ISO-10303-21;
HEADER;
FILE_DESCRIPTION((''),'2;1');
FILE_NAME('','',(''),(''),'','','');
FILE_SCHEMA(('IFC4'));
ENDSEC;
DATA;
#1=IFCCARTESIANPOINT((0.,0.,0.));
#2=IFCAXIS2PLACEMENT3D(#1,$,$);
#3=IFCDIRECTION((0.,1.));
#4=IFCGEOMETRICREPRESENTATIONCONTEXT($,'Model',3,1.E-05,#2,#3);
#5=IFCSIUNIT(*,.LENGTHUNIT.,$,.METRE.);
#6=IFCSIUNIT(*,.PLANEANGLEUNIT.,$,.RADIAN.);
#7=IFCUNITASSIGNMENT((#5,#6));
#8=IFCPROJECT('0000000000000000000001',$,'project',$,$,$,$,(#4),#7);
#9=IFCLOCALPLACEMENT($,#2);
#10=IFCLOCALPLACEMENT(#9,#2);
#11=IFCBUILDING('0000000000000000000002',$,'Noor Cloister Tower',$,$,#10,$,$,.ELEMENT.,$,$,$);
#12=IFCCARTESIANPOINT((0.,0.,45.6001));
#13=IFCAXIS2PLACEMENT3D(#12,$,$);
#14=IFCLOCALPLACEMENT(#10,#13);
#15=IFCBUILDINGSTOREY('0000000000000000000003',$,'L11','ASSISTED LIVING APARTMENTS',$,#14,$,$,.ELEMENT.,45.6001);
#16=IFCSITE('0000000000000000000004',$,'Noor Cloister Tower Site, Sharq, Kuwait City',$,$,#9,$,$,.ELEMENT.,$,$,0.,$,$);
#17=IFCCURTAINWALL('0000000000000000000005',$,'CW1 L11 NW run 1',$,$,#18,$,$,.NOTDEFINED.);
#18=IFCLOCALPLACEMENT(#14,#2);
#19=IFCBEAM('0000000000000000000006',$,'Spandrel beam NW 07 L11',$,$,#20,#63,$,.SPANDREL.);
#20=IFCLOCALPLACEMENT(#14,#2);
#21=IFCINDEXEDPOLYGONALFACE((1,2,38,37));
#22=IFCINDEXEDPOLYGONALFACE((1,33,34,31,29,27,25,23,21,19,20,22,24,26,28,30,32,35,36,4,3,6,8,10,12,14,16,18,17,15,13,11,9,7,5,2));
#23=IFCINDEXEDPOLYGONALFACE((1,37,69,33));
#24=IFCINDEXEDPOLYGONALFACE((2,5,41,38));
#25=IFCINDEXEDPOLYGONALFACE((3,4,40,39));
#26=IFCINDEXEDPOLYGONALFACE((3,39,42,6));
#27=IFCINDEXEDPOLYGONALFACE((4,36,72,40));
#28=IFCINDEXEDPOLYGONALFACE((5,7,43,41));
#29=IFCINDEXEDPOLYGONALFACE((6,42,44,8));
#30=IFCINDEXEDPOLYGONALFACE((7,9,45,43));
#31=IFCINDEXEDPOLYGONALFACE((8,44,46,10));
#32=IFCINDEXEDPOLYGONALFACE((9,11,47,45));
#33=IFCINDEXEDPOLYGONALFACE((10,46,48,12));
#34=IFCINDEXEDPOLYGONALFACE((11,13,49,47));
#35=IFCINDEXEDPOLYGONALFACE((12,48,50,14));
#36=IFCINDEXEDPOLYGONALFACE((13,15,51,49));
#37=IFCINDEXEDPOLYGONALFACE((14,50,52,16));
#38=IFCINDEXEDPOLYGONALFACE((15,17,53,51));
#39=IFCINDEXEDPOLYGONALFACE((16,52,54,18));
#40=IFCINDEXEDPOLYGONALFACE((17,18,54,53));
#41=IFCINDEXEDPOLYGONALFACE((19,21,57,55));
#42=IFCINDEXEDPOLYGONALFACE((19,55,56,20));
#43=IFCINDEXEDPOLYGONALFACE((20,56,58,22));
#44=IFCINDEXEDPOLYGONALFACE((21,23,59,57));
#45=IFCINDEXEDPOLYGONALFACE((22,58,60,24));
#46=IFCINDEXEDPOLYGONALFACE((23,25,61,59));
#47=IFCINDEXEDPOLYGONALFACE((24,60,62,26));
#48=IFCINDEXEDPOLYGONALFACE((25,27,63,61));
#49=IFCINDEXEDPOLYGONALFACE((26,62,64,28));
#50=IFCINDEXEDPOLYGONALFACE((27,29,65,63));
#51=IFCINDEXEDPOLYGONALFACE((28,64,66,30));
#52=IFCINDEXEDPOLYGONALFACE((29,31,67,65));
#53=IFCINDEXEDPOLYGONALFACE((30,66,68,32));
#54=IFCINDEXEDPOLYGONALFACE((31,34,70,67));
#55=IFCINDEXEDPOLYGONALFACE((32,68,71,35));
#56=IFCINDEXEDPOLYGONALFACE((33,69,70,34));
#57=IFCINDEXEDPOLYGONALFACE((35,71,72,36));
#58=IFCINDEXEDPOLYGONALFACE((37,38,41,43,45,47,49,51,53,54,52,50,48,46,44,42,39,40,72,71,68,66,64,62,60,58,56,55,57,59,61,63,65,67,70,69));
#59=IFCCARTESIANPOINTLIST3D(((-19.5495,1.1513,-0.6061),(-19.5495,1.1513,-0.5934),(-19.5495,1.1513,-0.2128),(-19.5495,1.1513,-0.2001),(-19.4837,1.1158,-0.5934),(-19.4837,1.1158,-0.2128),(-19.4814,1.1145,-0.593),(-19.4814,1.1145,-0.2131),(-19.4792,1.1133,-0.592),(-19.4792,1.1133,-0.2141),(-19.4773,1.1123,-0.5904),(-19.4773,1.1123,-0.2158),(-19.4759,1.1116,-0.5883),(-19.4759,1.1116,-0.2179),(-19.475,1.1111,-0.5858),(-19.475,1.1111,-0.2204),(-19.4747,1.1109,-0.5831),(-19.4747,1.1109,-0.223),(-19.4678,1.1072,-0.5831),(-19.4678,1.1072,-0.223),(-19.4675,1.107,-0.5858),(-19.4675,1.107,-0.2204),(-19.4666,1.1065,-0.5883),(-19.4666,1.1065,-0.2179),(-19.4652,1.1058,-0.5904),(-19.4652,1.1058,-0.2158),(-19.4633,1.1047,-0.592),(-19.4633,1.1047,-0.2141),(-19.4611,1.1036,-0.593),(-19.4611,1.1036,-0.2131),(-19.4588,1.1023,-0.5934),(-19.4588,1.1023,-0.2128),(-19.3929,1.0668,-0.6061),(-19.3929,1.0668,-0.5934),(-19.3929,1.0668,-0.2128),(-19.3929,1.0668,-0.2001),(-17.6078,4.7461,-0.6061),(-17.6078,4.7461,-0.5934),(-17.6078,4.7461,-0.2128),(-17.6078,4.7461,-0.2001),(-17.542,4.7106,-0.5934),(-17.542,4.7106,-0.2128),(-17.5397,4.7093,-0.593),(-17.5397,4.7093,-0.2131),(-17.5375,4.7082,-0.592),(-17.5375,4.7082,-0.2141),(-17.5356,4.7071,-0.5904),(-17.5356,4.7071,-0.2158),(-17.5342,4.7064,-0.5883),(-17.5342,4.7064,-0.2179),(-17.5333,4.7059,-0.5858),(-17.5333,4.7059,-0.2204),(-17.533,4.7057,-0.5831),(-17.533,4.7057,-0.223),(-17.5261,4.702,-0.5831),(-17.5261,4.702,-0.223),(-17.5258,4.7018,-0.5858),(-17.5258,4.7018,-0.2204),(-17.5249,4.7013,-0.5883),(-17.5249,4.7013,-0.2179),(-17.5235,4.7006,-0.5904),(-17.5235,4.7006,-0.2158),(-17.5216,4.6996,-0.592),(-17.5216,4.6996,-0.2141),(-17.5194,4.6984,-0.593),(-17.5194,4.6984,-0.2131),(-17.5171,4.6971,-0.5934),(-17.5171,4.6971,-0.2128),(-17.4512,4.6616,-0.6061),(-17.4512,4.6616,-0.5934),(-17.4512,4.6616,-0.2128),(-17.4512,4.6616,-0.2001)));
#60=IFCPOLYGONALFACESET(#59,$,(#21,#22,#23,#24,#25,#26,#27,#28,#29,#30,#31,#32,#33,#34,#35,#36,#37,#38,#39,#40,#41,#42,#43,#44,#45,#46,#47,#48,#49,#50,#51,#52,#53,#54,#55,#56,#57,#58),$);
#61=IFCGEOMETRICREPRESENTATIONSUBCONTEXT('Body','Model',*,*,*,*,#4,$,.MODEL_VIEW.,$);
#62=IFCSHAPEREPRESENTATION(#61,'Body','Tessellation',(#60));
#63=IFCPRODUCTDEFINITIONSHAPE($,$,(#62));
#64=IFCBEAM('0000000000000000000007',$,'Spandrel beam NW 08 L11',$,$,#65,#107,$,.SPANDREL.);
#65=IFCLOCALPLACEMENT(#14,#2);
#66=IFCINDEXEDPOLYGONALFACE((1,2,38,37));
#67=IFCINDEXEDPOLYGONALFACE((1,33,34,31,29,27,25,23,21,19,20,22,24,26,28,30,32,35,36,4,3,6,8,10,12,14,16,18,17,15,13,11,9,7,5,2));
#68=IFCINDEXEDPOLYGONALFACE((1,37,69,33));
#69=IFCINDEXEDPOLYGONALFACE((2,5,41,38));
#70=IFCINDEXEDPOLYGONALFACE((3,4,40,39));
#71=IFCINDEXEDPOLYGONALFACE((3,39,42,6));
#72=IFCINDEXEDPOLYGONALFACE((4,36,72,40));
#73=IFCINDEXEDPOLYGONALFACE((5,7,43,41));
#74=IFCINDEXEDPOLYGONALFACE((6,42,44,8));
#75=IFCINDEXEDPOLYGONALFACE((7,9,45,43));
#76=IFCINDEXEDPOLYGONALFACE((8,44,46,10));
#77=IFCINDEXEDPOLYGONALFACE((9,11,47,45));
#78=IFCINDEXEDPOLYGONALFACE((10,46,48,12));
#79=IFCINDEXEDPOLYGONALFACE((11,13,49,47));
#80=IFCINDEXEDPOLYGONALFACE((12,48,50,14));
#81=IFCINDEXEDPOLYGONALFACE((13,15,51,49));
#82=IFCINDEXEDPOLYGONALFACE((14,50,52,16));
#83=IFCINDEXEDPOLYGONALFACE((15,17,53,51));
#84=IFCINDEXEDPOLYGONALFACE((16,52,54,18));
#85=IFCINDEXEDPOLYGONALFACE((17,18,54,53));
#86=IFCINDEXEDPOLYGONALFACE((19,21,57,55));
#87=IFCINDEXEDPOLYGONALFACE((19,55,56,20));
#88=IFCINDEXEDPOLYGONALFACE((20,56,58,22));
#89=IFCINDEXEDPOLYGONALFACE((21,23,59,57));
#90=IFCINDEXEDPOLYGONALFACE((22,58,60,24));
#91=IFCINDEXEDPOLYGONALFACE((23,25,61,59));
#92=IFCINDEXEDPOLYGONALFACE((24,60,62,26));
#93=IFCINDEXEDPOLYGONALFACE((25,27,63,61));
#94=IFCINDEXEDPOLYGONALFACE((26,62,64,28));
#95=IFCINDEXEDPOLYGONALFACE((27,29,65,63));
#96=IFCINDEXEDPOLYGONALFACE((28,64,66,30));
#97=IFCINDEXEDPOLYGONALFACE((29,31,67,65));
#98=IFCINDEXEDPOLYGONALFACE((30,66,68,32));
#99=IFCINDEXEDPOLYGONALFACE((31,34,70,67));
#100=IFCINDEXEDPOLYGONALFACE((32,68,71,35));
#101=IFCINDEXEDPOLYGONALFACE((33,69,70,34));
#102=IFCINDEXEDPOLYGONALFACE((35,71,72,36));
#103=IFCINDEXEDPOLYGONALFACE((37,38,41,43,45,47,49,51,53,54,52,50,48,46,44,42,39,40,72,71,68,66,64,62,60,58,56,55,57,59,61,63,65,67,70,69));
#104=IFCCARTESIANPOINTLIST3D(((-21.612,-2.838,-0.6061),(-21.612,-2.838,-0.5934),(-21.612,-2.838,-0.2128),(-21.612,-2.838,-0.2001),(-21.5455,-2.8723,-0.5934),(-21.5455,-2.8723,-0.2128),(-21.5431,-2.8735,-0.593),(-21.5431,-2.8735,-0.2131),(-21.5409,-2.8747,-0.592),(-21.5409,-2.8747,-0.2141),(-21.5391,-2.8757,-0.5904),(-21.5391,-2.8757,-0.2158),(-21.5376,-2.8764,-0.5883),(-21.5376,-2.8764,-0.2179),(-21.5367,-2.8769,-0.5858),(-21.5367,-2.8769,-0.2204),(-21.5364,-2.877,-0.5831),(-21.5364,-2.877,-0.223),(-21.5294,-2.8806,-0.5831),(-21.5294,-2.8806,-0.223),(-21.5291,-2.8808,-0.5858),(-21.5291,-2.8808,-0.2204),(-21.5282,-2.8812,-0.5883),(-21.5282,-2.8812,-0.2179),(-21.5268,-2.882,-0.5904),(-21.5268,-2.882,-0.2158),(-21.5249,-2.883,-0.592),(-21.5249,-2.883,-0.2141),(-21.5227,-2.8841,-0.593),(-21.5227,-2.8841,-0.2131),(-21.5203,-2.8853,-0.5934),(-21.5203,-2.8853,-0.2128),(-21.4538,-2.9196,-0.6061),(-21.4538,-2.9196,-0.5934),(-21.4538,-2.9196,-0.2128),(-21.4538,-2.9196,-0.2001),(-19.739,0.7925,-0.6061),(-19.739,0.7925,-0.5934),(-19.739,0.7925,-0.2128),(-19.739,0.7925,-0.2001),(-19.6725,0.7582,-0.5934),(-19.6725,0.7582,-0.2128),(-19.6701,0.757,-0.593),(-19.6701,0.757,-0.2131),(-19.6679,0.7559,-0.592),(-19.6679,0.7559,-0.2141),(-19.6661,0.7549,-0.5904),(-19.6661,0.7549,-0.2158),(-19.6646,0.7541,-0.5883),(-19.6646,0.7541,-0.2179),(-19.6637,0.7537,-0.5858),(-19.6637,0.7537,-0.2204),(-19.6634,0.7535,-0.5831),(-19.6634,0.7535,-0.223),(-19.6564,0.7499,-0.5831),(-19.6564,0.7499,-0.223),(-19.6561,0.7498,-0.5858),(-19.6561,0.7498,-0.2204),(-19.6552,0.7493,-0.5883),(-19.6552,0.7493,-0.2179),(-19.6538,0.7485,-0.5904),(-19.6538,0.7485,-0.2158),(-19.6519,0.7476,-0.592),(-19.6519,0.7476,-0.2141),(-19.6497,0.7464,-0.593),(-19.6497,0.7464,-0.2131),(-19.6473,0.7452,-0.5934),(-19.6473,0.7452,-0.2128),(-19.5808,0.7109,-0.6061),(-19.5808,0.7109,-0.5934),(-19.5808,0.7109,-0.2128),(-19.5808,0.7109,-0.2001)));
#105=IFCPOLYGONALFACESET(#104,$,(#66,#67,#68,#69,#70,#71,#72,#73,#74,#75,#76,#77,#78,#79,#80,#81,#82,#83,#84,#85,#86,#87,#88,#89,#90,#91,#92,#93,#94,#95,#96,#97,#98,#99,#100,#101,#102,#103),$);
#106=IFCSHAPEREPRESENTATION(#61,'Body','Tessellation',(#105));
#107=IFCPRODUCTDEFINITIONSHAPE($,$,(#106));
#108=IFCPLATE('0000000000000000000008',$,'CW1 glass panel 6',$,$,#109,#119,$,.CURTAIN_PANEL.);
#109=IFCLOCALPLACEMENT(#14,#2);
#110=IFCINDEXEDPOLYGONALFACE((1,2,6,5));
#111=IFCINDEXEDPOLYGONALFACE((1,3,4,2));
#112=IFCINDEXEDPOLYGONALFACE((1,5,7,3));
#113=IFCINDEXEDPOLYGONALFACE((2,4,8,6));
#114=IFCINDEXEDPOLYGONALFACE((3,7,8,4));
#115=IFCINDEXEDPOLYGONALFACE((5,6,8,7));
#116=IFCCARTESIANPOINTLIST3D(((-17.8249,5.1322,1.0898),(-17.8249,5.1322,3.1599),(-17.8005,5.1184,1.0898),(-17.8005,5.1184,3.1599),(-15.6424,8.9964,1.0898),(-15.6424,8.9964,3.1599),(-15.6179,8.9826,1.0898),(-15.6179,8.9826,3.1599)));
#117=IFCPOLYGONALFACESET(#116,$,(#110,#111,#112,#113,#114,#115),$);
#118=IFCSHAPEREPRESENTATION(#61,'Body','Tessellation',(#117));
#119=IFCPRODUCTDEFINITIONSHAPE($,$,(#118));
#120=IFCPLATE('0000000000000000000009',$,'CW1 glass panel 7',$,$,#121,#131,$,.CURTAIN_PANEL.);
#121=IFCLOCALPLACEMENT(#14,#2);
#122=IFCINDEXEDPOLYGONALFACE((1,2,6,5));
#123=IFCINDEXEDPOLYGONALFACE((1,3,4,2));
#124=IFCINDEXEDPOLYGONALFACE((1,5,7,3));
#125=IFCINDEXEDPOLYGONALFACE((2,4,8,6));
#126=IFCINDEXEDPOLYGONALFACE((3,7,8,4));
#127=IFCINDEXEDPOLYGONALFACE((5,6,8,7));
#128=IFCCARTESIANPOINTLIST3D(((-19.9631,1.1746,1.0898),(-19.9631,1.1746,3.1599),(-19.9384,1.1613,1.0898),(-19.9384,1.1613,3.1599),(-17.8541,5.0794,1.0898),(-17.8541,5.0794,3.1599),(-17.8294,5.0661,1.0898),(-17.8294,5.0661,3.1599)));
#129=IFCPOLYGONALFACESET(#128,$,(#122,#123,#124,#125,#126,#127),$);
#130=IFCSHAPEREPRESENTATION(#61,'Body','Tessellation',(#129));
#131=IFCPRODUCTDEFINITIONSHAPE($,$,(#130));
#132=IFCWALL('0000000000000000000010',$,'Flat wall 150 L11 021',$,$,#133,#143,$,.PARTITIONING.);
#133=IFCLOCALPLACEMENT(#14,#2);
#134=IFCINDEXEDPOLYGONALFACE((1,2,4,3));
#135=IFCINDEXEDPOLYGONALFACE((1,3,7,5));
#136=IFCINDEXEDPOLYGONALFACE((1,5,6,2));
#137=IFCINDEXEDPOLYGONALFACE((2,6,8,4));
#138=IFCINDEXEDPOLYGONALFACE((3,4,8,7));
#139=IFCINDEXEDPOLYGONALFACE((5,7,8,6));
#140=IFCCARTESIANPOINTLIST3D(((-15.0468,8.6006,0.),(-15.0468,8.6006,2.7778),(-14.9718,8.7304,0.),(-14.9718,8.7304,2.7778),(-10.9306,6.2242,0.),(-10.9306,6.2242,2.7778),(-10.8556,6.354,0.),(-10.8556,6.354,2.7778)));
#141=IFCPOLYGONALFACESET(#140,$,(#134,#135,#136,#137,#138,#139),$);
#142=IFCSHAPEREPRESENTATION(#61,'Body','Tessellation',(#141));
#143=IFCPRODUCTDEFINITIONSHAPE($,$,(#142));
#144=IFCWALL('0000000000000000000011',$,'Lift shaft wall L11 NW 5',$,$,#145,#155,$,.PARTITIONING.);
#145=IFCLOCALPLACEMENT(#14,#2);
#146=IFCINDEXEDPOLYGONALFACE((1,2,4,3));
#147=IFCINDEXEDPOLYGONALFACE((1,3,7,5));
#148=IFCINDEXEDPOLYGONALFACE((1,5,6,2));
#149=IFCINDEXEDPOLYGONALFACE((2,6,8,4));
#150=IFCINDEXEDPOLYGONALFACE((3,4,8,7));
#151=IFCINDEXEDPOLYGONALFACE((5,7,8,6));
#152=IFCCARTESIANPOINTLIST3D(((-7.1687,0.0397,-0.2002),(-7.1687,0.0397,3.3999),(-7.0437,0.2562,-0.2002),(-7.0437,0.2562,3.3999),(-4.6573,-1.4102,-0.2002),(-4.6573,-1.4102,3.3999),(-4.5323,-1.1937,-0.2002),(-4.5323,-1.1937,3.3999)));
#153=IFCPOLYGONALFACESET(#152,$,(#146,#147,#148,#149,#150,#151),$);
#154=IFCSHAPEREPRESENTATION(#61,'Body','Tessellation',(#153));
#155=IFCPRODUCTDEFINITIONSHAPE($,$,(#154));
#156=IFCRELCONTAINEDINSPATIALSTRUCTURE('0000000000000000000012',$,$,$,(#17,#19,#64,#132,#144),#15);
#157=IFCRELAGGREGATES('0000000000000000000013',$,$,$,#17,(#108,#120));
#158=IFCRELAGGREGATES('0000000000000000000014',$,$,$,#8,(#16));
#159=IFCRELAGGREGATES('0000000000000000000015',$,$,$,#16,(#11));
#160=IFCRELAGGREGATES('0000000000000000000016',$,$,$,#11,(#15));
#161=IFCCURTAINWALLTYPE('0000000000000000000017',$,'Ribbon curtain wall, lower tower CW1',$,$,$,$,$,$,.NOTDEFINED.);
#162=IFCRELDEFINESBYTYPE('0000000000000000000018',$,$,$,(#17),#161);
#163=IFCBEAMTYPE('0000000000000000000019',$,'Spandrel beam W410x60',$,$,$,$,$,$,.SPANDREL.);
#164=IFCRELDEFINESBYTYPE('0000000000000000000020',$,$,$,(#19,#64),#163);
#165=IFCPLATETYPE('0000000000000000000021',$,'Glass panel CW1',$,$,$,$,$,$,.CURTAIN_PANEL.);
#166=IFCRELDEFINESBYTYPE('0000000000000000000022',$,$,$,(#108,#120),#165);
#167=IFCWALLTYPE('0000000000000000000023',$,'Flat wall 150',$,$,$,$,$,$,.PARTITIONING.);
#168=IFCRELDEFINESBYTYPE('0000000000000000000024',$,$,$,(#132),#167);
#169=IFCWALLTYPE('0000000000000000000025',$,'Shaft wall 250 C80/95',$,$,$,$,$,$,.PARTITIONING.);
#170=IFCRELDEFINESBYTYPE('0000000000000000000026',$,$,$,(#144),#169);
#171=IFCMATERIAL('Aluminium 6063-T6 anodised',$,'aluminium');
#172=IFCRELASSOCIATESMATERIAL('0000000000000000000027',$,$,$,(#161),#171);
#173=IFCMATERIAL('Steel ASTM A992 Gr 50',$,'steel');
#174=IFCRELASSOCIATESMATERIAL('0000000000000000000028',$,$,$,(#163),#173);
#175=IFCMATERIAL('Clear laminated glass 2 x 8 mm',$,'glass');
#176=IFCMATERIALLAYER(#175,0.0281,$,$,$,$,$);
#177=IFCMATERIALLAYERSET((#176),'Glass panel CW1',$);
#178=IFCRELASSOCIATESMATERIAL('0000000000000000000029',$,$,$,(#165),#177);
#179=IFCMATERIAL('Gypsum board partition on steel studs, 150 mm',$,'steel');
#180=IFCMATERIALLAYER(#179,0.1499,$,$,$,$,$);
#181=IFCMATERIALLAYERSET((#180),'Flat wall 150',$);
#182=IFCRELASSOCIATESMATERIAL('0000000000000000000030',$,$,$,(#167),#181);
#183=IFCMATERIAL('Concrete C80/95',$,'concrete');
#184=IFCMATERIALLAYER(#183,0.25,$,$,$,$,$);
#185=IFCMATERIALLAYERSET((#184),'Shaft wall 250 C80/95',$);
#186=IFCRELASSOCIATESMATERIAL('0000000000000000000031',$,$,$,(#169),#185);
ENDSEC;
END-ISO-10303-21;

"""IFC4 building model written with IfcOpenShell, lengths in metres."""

from ifc_helpers import new_model, si_unit, direction, frame, frame_2d, origin, origin_2d, place, context, subcontext, project, spatial, rectangle, i_section, extrude, material, layer, layer_set, material_profile, profile_set, type_object, element, aggregate, save


model = new_model("IFC4")

# Units and contexts
model_context = context("Model", 3, precision=1e-05, world=origin(), true_north=direction((0.0, 1.0)))
body_context = subcontext(model_context, "Body", "Model", "MODEL_VIEW")
ifc_project = project(units=[si_unit("LENGTHUNIT", "METRE"), si_unit("PLANEANGLEUNIT", "RADIAN")], contexts=[model_context])

# Site, building, storey
site_placement = place(None, origin())
site = spatial("IfcSite", under=ifc_project, at=site_placement, Name="Noor Cloister Tower Site, Sharq, Kuwait City", CompositionType="ELEMENT", RefElevation=0.0)
building_placement = place(site_placement, origin())
building = spatial("IfcBuilding", under=site, at=building_placement, Name="Noor Cloister Tower", CompositionType="ELEMENT")
storey_placement = place(building_placement, frame((0.0, 0.0, 45.6001)))
storey = spatial("IfcBuildingStorey", under=building, at=storey_placement, Name="L11", Description="ASSISTED LIVING APARTMENTS", CompositionType="ELEMENT", Elevation=45.6001)

# Curtain wall
ifc_material_1 = material(Name="Aluminium 6063-T6 anodised", Category="aluminium")
curtain_wall_type = type_object("IfcCurtainWallType", Name="Ribbon curtain wall, lower tower CW1", PredefinedType="NOTDEFINED", material=ifc_material_1)
curtain_wall_placement = place(storey_placement, origin())
curtain_wall = element("IfcCurtainWall", 1, at=curtain_wall_placement, inside=storey, type_object=curtain_wall_type, Name="CW1 L11 NW run 1", PredefinedType="NOTDEFINED")

# Beams
ifc_material_2 = material(Name="Steel ASTM A992 Gr 50", Category="steel")
ifc_material_profile_1 = material_profile(ifc_material_2, i_section(OverallWidth=0.178, OverallDepth=0.406, WebThickness=0.0078, FlangeThickness=0.0127, FilletRadius=0.0103, at=origin_2d()), Name="W410x60")
ifc_profile_set_1 = profile_set([ifc_material_profile_1], Name="Steel ASTM A992 Gr 50")
beam_type_1 = type_object("IfcBeamType", Name="Spandrel beam W410x60", PredefinedType="SPANDREL", material=ifc_profile_set_1)
beam_1_placement = place(storey_placement, frame((-17.5295, 4.7039, -0.4031), z_axis=(-0.475243, -0.879854, 0.0), x_axis=(0.879854, -0.475243, 0.0)))
element("IfcBeam", 2, at=beam_1_placement, inside=storey, type_object=beam_type_1, Name="Spandrel beam NW 07 L11", PredefinedType="SPANDREL", context=body_context, shape_type="SweptSolid", body=[
    extrude(i_section(OverallWidth=0.178, OverallDepth=0.406, WebThickness=0.0078, FlangeThickness=0.0127, FilletRadius=0.0103, at=origin_2d()), origin(), (0.0, 0.0, 1.0), 4.0857),
])
beam_2_placement = place(storey_placement, frame((-19.6599, 0.7517, -0.4031), z_axis=(-0.458485, -0.888702, 0.0), x_axis=(0.888702, -0.458485, 0.0)))
element("IfcBeam", 3, at=beam_2_placement, inside=storey, type_object=beam_type_1, Name="Spandrel beam NW 08 L11", PredefinedType="SPANDREL", context=body_context, shape_type="SweptSolid", body=[
    extrude(i_section(OverallWidth=0.178, OverallDepth=0.406, WebThickness=0.0078, FlangeThickness=0.0127, FilletRadius=0.0103, at=origin_2d()), origin(), (0.0, 0.0, 1.0), 4.0852),
])

# Plates
ifc_material_3 = material(Name="Clear laminated glass 2 x 8 mm", Category="glass")
ifc_layer_1 = layer(ifc_material_3, 0.0281)
ifc_layer_set_1 = layer_set([ifc_layer_1], Name="Glass panel CW1")
plate_type = type_object("IfcPlateType", Name="Glass panel CW1", PredefinedType="CURTAIN_PANEL", material=ifc_layer_set_1)
plate_1_placement = place(storey_placement, frame((-16.7214, 7.0574, 1.0898), z_axis=(0.0, 0.0, 1.0), x_axis=(-0.491787, -0.870716, 0.0)))
plate_1 = element("IfcPlate", 4, at=plate_1_placement, type_object=plate_type, Name="CW1 glass panel 6", PredefinedType="CURTAIN_PANEL", context=body_context, shape_type="SweptSolid", body=[
    extrude(rectangle(XDim=4.438, YDim=0.0281, at=origin_2d()), origin(), (0.0, 0.0, 1.0), 2.0701),
])
plate_2_placement = place(storey_placement, frame((-18.8962, 3.1204, 1.0898), z_axis=(0.0, 0.0, 1.0), x_axis=(-0.47523, -0.879862, 0.0)))
plate_2 = element("IfcPlate", 5, at=plate_2_placement, type_object=plate_type, Name="CW1 glass panel 7", PredefinedType="CURTAIN_PANEL", context=body_context, shape_type="SweptSolid", body=[
    extrude(rectangle(XDim=4.438, YDim=0.0281, at=origin_2d()), origin(), (0.0, 0.0, 1.0), 2.0701),
])
aggregate(curtain_wall, [plate_1, plate_2])

# Walls
ifc_material_4 = material(Name="Gypsum board partition on steel studs, 150 mm", Category="steel")
ifc_layer_2 = layer(ifc_material_4, 0.1499)
ifc_layer_set_2 = layer_set([ifc_layer_2], Name="Flat wall 150")
wall_type_1 = type_object("IfcWallType", Name="Flat wall 150", PredefinedType="PARTITIONING", material=ifc_layer_set_2)
wall_1_placement = place(storey_placement, frame((-15.0093, 8.6655, 0.0), z_axis=(0.0, 0.0, 1.0), x_axis=(0.866028, -0.499995, 0.0)))
element("IfcWall", 6, at=wall_1_placement, inside=storey, type_object=wall_type_1, Name="Flat wall 150 L11 021", PredefinedType="PARTITIONING", context=body_context, shape_type="SweptSolid", body=[
    extrude(rectangle(XDim=4.7529, YDim=0.1499, at=frame_2d((2.3765, 0.0))), origin(), (0.0, 0.0, 1.0), 2.7778),
])
ifc_material_5 = material(Name="Concrete C80/95", Category="concrete")
ifc_layer_3 = layer(ifc_material_5, 0.25)
ifc_layer_set_3 = layer_set([ifc_layer_3], Name="Shaft wall 250 C80/95")
wall_type_2 = type_object("IfcWallType", Name="Shaft wall 250 C80/95", PredefinedType="PARTITIONING", material=ifc_layer_set_3)
wall_2_placement = place(storey_placement, frame((-7.1062, 0.1479, -0.2002), z_axis=(0.0, 0.0, 1.0), x_axis=(0.866033, -0.499987, 0.0)))
element("IfcWall", 7, at=wall_2_placement, inside=storey, type_object=wall_type_2, Name="Lift shaft wall L11 NW 5", PredefinedType="PARTITIONING", context=body_context, shape_type="SweptSolid", body=[
    extrude(rectangle(XDim=2.8999, YDim=0.25, at=frame_2d((1.45, 0.0))), origin(), (0.0, 0.0, 1.0), 3.6001),
])

save(model, "model.ifc")
